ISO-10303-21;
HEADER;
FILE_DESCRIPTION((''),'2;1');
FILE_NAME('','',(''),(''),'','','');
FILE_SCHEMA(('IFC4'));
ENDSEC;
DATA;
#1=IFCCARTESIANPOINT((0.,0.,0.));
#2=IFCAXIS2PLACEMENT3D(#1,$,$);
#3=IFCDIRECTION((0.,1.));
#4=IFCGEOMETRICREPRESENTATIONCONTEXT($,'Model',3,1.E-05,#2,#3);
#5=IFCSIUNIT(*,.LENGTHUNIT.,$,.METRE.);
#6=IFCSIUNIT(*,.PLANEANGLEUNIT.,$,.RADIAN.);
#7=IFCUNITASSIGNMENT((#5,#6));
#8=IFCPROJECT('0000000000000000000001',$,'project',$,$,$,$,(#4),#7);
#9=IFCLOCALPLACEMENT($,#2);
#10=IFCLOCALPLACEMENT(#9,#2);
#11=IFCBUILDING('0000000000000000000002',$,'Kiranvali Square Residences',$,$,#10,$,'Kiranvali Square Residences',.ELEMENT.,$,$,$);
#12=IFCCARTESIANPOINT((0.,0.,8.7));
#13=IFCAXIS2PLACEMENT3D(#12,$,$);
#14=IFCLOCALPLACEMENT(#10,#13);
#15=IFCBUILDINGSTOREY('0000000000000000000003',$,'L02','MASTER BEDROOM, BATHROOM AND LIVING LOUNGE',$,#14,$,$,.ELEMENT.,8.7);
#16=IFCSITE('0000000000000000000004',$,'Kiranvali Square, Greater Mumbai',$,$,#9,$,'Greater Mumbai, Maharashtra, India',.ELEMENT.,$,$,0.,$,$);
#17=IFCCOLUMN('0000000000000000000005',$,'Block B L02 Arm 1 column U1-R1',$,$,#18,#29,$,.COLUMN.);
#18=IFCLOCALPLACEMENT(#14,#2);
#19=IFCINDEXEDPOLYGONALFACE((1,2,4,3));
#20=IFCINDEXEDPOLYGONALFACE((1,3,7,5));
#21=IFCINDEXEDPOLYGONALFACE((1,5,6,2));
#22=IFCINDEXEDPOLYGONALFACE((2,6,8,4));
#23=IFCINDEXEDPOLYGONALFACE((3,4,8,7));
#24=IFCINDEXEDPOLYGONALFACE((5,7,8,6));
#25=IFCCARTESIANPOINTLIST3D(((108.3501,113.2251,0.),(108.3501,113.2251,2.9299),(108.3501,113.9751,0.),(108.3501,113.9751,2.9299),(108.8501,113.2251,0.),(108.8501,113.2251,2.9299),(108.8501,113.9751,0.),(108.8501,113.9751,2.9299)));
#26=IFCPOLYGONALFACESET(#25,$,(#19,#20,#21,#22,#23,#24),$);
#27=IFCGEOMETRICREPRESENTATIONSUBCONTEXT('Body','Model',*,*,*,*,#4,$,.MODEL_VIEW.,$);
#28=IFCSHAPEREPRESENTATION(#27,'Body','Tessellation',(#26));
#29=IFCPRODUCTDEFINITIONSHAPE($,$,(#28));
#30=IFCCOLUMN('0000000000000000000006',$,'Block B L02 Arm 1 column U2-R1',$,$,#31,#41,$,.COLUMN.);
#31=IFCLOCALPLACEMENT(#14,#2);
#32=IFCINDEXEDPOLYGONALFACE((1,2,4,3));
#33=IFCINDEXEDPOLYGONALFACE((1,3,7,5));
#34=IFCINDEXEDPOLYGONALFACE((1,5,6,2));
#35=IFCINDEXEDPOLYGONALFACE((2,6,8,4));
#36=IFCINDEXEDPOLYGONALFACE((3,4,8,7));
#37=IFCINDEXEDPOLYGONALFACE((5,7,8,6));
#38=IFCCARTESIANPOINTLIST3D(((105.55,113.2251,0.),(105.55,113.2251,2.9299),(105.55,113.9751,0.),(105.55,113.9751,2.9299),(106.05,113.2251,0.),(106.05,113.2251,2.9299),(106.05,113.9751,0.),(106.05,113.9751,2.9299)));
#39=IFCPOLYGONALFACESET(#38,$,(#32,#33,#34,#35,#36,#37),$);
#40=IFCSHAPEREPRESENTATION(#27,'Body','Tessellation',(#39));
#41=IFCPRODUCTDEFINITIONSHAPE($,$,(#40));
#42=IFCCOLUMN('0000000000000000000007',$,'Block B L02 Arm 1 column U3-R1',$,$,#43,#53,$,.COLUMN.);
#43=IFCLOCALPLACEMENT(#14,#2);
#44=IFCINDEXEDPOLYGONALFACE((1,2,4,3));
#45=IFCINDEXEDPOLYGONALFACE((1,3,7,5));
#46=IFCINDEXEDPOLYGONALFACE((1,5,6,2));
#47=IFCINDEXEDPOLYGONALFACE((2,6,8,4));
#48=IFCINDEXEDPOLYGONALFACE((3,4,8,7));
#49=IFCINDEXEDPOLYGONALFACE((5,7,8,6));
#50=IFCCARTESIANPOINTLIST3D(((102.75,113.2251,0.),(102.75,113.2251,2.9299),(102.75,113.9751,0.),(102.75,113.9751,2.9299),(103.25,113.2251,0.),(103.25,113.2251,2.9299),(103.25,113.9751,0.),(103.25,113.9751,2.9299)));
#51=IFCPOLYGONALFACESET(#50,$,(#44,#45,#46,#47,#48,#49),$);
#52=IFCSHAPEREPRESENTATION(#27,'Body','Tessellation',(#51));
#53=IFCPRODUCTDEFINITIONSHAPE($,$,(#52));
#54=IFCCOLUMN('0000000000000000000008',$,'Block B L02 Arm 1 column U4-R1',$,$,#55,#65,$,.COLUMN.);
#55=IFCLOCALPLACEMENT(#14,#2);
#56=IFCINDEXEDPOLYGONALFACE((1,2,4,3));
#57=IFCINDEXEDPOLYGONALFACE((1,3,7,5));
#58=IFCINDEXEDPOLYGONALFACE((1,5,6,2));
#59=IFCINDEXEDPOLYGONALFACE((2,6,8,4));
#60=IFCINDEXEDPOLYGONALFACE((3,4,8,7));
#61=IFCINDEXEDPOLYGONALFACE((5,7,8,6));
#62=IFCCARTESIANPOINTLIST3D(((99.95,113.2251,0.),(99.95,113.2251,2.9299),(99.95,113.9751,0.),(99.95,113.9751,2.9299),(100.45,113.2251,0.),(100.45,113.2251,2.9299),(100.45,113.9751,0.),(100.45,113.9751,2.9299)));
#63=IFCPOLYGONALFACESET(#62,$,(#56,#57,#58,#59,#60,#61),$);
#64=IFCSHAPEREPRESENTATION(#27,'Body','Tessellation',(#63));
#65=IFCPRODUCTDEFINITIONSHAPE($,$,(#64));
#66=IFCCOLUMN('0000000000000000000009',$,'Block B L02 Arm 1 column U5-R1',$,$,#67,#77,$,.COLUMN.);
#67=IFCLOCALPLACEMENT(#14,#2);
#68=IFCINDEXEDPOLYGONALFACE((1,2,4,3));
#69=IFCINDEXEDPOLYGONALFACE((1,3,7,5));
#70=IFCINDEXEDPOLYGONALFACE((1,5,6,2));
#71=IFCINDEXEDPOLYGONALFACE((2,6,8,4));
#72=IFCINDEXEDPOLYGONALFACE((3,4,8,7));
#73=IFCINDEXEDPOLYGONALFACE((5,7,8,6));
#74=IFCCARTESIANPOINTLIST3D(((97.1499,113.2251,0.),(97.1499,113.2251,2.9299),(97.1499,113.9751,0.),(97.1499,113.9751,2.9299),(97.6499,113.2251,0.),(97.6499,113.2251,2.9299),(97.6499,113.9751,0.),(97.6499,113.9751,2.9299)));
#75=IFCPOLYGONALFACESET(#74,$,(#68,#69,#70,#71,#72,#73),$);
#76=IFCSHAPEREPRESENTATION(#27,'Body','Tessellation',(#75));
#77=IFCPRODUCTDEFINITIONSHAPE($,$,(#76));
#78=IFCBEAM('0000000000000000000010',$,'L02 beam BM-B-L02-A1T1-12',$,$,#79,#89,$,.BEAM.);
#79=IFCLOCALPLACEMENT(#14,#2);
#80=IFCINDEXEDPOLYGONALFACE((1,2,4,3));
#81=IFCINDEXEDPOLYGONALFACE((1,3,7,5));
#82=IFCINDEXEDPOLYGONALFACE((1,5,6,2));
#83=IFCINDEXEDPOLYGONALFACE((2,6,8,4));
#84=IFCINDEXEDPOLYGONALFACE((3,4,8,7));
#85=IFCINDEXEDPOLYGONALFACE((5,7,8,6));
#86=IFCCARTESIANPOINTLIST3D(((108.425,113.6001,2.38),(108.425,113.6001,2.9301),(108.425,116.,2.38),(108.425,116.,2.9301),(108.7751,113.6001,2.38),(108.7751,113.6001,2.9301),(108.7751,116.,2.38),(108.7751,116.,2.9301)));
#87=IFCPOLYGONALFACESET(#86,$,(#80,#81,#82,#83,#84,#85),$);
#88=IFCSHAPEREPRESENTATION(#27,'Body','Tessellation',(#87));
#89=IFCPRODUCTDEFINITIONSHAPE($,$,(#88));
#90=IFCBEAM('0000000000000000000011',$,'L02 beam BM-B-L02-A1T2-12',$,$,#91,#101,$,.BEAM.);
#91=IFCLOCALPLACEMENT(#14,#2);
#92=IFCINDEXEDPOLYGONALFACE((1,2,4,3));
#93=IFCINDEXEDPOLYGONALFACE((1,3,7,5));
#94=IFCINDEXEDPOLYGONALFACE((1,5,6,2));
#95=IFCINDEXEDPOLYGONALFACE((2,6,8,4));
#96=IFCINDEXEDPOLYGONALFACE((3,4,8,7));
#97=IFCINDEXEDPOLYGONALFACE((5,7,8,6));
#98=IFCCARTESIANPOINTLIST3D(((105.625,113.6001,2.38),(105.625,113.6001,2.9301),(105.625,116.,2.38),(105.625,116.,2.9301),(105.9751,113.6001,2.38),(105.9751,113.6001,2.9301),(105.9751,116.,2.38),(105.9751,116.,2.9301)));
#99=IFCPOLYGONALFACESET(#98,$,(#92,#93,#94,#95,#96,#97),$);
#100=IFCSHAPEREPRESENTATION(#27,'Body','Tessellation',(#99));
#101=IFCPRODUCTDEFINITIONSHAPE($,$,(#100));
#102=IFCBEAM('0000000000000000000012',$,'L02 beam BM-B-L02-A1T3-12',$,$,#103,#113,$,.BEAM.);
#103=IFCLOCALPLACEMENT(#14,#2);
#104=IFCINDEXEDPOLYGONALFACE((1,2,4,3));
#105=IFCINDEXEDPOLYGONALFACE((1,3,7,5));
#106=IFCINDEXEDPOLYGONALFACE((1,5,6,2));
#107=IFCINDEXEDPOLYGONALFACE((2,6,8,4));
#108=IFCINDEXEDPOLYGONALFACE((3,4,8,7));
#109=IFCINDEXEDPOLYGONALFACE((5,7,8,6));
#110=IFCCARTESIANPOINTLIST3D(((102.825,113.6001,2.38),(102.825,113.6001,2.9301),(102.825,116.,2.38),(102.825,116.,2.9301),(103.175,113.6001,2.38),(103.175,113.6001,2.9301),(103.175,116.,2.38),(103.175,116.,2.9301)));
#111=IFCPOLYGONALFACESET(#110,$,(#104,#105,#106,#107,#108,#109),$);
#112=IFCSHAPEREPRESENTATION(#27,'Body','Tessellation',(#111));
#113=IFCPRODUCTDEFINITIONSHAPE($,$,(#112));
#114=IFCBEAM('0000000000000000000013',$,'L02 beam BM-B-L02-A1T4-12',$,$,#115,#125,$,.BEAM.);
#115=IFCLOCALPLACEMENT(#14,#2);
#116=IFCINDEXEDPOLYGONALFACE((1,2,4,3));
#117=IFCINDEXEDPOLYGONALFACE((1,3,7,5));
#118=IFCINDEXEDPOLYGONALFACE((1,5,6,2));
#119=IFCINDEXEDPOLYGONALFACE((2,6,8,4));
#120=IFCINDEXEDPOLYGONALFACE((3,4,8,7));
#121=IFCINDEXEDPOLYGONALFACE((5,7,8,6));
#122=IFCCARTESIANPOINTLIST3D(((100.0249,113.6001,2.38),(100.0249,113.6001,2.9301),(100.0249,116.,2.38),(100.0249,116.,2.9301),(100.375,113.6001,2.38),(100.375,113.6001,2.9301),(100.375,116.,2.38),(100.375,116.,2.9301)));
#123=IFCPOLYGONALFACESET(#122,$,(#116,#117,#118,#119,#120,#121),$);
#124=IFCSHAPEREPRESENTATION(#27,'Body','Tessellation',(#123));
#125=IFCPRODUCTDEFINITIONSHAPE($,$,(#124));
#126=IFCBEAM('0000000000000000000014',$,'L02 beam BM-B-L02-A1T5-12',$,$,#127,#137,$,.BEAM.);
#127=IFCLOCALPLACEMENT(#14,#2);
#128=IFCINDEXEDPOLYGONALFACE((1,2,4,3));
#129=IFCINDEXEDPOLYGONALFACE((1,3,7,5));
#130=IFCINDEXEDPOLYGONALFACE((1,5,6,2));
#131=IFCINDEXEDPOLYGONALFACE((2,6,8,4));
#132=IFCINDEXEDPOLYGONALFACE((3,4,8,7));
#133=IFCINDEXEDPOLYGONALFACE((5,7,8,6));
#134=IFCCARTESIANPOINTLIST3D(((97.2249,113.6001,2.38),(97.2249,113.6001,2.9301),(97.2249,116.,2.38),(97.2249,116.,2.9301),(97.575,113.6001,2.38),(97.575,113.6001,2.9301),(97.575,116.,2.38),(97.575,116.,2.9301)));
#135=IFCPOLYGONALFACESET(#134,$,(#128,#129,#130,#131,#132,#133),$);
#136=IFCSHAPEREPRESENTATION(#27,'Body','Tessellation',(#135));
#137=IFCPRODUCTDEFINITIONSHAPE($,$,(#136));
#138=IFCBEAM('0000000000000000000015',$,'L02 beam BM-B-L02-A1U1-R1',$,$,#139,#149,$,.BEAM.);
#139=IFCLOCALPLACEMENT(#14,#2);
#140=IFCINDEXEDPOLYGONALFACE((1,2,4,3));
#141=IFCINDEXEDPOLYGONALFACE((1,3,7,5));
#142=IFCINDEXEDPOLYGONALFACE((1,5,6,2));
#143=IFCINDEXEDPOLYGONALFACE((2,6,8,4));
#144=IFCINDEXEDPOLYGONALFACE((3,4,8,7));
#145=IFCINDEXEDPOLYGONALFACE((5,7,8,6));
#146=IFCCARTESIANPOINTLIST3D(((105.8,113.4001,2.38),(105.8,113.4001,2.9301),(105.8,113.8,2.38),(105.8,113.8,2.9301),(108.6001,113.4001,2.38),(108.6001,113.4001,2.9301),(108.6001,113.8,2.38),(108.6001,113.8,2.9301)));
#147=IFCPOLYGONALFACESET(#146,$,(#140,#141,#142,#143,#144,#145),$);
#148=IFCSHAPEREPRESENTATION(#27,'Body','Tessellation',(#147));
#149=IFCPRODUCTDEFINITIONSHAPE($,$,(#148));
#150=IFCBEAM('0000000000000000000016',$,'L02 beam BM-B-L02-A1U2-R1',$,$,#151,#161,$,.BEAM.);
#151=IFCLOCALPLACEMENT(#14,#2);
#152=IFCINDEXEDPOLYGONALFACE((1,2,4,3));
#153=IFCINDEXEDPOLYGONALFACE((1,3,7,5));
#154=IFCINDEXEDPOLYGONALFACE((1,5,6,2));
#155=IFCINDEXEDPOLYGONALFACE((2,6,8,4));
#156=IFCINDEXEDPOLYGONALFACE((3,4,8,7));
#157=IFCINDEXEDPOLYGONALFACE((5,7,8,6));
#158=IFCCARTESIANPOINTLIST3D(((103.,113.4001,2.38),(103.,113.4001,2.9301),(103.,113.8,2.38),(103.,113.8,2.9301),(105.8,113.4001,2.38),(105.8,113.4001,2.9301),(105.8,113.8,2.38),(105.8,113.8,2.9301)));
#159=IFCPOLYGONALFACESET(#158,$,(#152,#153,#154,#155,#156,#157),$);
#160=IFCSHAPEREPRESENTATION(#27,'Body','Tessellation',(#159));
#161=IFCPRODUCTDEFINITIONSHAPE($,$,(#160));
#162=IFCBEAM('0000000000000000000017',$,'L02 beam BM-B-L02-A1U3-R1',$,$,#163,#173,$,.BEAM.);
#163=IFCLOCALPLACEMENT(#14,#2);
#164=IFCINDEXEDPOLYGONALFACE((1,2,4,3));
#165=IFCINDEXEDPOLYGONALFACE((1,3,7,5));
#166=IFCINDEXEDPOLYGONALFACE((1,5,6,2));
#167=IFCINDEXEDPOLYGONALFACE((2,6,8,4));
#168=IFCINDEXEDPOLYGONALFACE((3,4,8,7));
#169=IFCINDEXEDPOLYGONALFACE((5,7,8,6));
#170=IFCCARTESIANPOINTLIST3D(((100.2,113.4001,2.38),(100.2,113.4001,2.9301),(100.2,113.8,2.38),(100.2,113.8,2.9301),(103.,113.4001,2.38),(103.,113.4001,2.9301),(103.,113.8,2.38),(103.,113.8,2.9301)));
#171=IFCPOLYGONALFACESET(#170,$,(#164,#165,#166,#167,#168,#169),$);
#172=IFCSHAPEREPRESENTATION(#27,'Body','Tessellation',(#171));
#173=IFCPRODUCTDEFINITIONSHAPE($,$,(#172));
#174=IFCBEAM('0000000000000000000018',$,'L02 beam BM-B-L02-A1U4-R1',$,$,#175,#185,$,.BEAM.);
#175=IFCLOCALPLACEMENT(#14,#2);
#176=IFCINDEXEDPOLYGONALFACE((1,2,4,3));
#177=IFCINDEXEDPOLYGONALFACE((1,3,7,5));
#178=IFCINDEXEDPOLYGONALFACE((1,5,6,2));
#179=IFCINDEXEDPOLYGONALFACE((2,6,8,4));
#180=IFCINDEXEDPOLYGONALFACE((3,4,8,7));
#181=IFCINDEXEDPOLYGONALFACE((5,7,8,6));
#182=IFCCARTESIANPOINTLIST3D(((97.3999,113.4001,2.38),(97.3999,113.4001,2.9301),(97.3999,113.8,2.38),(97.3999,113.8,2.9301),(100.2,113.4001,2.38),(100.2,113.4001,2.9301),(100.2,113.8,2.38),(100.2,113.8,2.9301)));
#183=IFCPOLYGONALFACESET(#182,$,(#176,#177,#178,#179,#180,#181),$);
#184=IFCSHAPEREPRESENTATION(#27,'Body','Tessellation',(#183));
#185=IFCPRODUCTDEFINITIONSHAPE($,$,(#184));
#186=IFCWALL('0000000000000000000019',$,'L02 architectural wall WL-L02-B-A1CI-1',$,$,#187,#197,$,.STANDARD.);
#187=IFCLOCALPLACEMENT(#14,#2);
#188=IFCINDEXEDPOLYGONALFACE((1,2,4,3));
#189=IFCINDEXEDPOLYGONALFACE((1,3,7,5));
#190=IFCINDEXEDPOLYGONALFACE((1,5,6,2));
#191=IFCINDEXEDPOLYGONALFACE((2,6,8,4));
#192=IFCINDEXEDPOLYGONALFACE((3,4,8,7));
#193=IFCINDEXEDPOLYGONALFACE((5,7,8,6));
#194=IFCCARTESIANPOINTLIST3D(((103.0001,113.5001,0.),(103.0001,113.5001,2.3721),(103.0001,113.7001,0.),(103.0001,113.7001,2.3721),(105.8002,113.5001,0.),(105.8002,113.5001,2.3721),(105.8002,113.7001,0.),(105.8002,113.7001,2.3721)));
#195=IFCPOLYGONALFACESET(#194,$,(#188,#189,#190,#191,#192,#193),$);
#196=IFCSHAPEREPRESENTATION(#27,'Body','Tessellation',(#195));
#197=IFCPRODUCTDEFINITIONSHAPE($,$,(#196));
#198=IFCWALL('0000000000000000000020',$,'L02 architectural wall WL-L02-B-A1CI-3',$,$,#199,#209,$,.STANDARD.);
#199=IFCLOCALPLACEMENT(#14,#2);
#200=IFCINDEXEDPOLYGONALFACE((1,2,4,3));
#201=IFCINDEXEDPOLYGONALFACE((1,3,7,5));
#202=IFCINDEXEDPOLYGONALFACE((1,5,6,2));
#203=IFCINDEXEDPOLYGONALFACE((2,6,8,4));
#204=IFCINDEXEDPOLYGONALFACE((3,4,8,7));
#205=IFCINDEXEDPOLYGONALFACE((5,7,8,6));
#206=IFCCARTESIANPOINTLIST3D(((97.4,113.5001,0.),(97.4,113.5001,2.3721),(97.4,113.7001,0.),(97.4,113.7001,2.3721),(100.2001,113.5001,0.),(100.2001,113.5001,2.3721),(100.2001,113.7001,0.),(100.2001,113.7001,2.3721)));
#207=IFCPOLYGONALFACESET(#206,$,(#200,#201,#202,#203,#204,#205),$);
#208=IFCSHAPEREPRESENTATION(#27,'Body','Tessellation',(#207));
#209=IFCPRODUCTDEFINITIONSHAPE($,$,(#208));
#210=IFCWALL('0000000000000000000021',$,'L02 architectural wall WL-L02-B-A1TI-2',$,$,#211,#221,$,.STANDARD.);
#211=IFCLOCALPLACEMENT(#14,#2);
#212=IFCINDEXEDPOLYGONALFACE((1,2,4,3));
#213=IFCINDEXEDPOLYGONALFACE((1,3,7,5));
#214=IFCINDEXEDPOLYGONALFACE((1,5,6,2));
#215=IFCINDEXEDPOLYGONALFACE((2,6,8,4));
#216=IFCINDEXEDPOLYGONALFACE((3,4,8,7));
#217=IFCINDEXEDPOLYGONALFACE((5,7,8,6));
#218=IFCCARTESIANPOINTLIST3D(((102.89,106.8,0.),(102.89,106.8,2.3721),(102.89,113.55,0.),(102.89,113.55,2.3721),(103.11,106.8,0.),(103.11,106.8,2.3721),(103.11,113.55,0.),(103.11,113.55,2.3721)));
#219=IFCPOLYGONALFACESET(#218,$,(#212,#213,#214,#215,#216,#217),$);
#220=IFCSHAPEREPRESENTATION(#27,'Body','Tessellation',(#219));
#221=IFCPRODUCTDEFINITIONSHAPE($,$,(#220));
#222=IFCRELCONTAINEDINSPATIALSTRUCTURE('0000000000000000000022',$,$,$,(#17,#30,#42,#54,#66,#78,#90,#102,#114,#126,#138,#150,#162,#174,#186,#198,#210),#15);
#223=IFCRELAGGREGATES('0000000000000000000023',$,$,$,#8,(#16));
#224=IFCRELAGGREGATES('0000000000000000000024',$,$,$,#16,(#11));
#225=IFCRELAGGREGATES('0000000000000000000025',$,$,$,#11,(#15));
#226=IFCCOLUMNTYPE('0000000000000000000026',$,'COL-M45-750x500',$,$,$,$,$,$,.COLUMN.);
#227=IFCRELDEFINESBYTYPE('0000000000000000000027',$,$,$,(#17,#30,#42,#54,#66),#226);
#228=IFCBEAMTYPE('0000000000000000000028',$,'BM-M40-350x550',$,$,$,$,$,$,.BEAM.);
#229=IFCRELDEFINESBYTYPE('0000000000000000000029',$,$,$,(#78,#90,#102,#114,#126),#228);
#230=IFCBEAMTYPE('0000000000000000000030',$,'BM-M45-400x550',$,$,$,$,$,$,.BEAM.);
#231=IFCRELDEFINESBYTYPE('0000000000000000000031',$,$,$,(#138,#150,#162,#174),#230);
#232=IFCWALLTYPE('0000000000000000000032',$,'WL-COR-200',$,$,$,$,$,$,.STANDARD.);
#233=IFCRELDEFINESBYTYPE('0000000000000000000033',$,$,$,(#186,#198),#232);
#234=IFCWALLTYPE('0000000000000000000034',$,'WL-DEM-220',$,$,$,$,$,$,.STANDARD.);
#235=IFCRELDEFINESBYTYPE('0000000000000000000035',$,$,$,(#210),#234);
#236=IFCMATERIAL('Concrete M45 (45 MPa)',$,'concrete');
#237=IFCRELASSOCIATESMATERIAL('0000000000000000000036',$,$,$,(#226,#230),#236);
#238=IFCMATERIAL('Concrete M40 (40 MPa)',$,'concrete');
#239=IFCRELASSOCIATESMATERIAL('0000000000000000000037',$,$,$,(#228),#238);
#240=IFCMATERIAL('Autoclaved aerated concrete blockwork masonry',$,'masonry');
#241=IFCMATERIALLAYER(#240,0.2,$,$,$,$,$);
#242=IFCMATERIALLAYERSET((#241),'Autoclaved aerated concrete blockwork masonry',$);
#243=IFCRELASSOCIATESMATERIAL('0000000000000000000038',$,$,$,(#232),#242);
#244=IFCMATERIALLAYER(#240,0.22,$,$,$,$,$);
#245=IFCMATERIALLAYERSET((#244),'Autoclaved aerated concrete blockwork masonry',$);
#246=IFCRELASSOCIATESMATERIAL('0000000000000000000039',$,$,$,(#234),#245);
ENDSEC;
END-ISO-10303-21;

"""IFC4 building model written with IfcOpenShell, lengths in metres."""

from ifc_helpers import new_model, si_unit, direction, frame, frame_2d, origin, origin_2d, place, context, subcontext, project, spatial, rectangle, extrude, material, layer, layer_set, material_profile, profile_set, type_object, element, save


model = new_model("IFC4")

# Units and contexts
model_context = context("Model", 3, precision=1e-05, world=origin(), true_north=direction((0.0, 1.0)))
body_context = subcontext(model_context, "Body", "Model", "MODEL_VIEW")
ifc_project = project(units=[si_unit("LENGTHUNIT", "METRE"), si_unit("PLANEANGLEUNIT", "RADIAN")], contexts=[model_context])

# Site, building, storey
site_placement = place(None, origin())
site = spatial("IfcSite", under=ifc_project, at=site_placement, Name="Kiranvali Square, Greater Mumbai", LongName="Greater Mumbai, Maharashtra, India", CompositionType="ELEMENT", RefElevation=0.0)
building_placement = place(site_placement, origin())
building = spatial("IfcBuilding", under=site, at=building_placement, Name="Kiranvali Square Residences", LongName="Kiranvali Square Residences", CompositionType="ELEMENT")
storey_placement = place(building_placement, frame((0.0, 0.0, 8.7)))
storey = spatial("IfcBuildingStorey", under=building, at=storey_placement, Name="L02", Description="MASTER BEDROOM, BATHROOM AND LIVING LOUNGE", CompositionType="ELEMENT", Elevation=8.7)

# Columns
ifc_material_1 = material(Name="Concrete M45 (45 MPa)", Category="concrete")
ifc_material_profile_1 = material_profile(ifc_material_1, rectangle(XDim=0.5, YDim=0.75, at=origin_2d()), Name="RC 750x500")
ifc_profile_set_1 = profile_set([ifc_material_profile_1], Name="Concrete M45 (45 MPa)")
column_type = type_object("IfcColumnType", Name="COL-M45-750x500", PredefinedType="COLUMN", material=ifc_profile_set_1)
for number, where, z_axis, x_axis, name in (
    (1, (108.6001, 113.6001, 0.0), (0.0, 0.0, 1.0), (1.0, 0.0, 0.0), "Block B L02 Arm 1 column U1-R1"),
    (2, (105.8, 113.6001, 0.0), (0.0, 0.0, 1.0), (1.0, 0.0, 0.0), "Block B L02 Arm 1 column U2-R1"),
    (3, (103.0, 113.6001, 0.0), (0.0, 0.0, 1.0), (1.0, 0.0, 0.0), "Block B L02 Arm 1 column U3-R1"),
    (4, (100.2, 113.6001, 0.0), (0.0, 0.0, 1.0), (1.0, 0.0, 0.0), "Block B L02 Arm 1 column U4-R1"),
    (5, (97.3999, 113.6001, 0.0), (0.0, 0.0, 1.0), (1.0, 0.0, 0.0), "Block B L02 Arm 1 column U5-R1"),
):
    element("IfcColumn", number, at=place(storey_placement, frame(where, z_axis=z_axis, x_axis=x_axis)), inside=storey, type_object=column_type, Name=name, PredefinedType="COLUMN", context=body_context, shape_type="SweptSolid", body=[
        extrude(rectangle(XDim=0.5, YDim=0.75, at=origin_2d()), origin(), (0.0, 0.0, 1.0), 2.9299),
    ])

# Beams
ifc_material_2 = material(Name="Concrete M40 (40 MPa)", Category="concrete")
ifc_material_profile_2 = material_profile(ifc_material_2, rectangle(XDim=0.3501, YDim=0.55, at=origin_2d()), Name="RC 350x550")
ifc_profile_set_2 = profile_set([ifc_material_profile_2], Name="Concrete M40 (40 MPa)")
beam_type_1 = type_object("IfcBeamType", Name="BM-M40-350x550", PredefinedType="BEAM", material=ifc_profile_set_2)
for number, where, z_axis, x_axis, name in (
    (6, (108.6001, 113.6001, 2.655), (0.0, 1.0, 0.0), (-1.0, 0.0, 0.0), "L02 beam BM-B-L02-A1T1-12"),
    (7, (105.8, 113.6001, 2.655), (0.0, 1.0, 0.0), (-1.0, 0.0, 0.0), "L02 beam BM-B-L02-A1T2-12"),
    (8, (103.0, 113.6001, 2.655), (0.0, 1.0, 0.0), (-1.0, 0.0, 0.0), "L02 beam BM-B-L02-A1T3-12"),
    (9, (100.2, 113.6001, 2.655), (0.0, 1.0, 0.0), (-1.0, 0.0, 0.0), "L02 beam BM-B-L02-A1T4-12"),
    (10, (97.3999, 113.6001, 2.655), (0.0, 1.0, 0.0), (-1.0, 0.0, 0.0), "L02 beam BM-B-L02-A1T5-12"),
):
    element("IfcBeam", number, at=place(storey_placement, frame(where, z_axis=z_axis, x_axis=x_axis)), inside=storey, type_object=beam_type_1, Name=name, PredefinedType="BEAM", context=body_context, shape_type="SweptSolid", body=[
        extrude(rectangle(XDim=0.3501, YDim=0.55, at=origin_2d()), origin(), (0.0, 0.0, 1.0), 2.3999),
    ])
ifc_material_profile_3 = material_profile(ifc_material_1, rectangle(XDim=0.3999, YDim=0.55, at=origin_2d()), Name="RC 400x550")
ifc_profile_set_3 = profile_set([ifc_material_profile_3], Name="Concrete M45 (45 MPa)")
beam_type_2 = type_object("IfcBeamType", Name="BM-M45-400x550", PredefinedType="BEAM", material=ifc_profile_set_3)
for number, where, z_axis, x_axis, name in (
    (11, (108.6001, 113.6001, 2.655), (-1.0, 0.0, 0.0), (0.0, -1.0, 0.0), "L02 beam BM-B-L02-A1U1-R1"),
    (12, (105.8, 113.6001, 2.655), (-1.0, 0.0, 0.0), (0.0, -1.0, 0.0), "L02 beam BM-B-L02-A1U2-R1"),
    (13, (103.0, 113.6001, 2.655), (-1.0, 0.0, 0.0), (0.0, -1.0, 0.0), "L02 beam BM-B-L02-A1U3-R1"),
    (14, (100.2, 113.6001, 2.655), (-1.0, 0.0, 0.0), (0.0, -1.0, 0.0), "L02 beam BM-B-L02-A1U4-R1"),
):
    element("IfcBeam", number, at=place(storey_placement, frame(where, z_axis=z_axis, x_axis=x_axis)), inside=storey, type_object=beam_type_2, Name=name, PredefinedType="BEAM", context=body_context, shape_type="SweptSolid", body=[
        extrude(rectangle(XDim=0.3999, YDim=0.55, at=origin_2d()), origin(), (0.0, 0.0, 1.0), 2.8),
    ])

# Wall
ifc_material_3 = material(Name="Autoclaved aerated concrete blockwork masonry", Category="masonry")
ifc_layer_1 = layer(ifc_material_3, 0.2)
ifc_layer_set_1 = layer_set([ifc_layer_1], Name="Autoclaved aerated concrete blockwork masonry")
wall_type_1 = type_object("IfcWallType", Name="WL-COR-200", PredefinedType="STANDARD", material=ifc_layer_set_1)
wall_1_placement = place(storey_placement, frame((105.8, 113.6001, 0.0), z_axis=(0.0, 0.0, 1.0), x_axis=(-1.0, 0.0, 0.0)))
element("IfcWall", 15, at=wall_1_placement, inside=storey, type_object=wall_type_1, Name="L02 architectural wall WL-L02-B-A1CI-1", PredefinedType="STANDARD", context=body_context, shape_type="SweptSolid", body=[
    extrude(rectangle(XDim=2.8, YDim=0.2, at=frame_2d((1.3999, 0.0))), origin(), (0.0, 0.0, 1.0), 2.3721),
])

# Walls
wall_2_placement = place(storey_placement, frame((100.2, 113.6001, 0.0), z_axis=(0.0, 0.0, 1.0), x_axis=(-1.0, 0.0, 0.0)))
element("IfcWall", 16, at=wall_2_placement, inside=storey, type_object=wall_type_1, Name="L02 architectural wall WL-L02-B-A1CI-3", PredefinedType="STANDARD", context=body_context, shape_type="SweptSolid", body=[
    extrude(rectangle(XDim=2.8, YDim=0.2, at=frame_2d((1.3999, 0.0))), origin(), (0.0, 0.0, 1.0), 2.3721),
])
ifc_layer_2 = layer(ifc_material_3, 0.22)
ifc_layer_set_2 = layer_set([ifc_layer_2], Name="Autoclaved aerated concrete blockwork masonry")
wall_type_2 = type_object("IfcWallType", Name="WL-DEM-220", PredefinedType="STANDARD", material=ifc_layer_set_2)
wall_3_placement = place(storey_placement, frame((103.0, 106.8, 0.0), z_axis=(0.0, 0.0, 1.0), x_axis=(0.0, 1.0, 0.0)))
element("IfcWall", 17, at=wall_3_placement, inside=storey, type_object=wall_type_2, Name="L02 architectural wall WL-L02-B-A1TI-2", PredefinedType="STANDARD", context=body_context, shape_type="SweptSolid", body=[
    extrude(rectangle(XDim=6.75, YDim=0.22, at=frame_2d((3.375, 0.0))), origin(), (0.0, 0.0, 1.0), 2.3721),
])

save(model, "model.ifc")
